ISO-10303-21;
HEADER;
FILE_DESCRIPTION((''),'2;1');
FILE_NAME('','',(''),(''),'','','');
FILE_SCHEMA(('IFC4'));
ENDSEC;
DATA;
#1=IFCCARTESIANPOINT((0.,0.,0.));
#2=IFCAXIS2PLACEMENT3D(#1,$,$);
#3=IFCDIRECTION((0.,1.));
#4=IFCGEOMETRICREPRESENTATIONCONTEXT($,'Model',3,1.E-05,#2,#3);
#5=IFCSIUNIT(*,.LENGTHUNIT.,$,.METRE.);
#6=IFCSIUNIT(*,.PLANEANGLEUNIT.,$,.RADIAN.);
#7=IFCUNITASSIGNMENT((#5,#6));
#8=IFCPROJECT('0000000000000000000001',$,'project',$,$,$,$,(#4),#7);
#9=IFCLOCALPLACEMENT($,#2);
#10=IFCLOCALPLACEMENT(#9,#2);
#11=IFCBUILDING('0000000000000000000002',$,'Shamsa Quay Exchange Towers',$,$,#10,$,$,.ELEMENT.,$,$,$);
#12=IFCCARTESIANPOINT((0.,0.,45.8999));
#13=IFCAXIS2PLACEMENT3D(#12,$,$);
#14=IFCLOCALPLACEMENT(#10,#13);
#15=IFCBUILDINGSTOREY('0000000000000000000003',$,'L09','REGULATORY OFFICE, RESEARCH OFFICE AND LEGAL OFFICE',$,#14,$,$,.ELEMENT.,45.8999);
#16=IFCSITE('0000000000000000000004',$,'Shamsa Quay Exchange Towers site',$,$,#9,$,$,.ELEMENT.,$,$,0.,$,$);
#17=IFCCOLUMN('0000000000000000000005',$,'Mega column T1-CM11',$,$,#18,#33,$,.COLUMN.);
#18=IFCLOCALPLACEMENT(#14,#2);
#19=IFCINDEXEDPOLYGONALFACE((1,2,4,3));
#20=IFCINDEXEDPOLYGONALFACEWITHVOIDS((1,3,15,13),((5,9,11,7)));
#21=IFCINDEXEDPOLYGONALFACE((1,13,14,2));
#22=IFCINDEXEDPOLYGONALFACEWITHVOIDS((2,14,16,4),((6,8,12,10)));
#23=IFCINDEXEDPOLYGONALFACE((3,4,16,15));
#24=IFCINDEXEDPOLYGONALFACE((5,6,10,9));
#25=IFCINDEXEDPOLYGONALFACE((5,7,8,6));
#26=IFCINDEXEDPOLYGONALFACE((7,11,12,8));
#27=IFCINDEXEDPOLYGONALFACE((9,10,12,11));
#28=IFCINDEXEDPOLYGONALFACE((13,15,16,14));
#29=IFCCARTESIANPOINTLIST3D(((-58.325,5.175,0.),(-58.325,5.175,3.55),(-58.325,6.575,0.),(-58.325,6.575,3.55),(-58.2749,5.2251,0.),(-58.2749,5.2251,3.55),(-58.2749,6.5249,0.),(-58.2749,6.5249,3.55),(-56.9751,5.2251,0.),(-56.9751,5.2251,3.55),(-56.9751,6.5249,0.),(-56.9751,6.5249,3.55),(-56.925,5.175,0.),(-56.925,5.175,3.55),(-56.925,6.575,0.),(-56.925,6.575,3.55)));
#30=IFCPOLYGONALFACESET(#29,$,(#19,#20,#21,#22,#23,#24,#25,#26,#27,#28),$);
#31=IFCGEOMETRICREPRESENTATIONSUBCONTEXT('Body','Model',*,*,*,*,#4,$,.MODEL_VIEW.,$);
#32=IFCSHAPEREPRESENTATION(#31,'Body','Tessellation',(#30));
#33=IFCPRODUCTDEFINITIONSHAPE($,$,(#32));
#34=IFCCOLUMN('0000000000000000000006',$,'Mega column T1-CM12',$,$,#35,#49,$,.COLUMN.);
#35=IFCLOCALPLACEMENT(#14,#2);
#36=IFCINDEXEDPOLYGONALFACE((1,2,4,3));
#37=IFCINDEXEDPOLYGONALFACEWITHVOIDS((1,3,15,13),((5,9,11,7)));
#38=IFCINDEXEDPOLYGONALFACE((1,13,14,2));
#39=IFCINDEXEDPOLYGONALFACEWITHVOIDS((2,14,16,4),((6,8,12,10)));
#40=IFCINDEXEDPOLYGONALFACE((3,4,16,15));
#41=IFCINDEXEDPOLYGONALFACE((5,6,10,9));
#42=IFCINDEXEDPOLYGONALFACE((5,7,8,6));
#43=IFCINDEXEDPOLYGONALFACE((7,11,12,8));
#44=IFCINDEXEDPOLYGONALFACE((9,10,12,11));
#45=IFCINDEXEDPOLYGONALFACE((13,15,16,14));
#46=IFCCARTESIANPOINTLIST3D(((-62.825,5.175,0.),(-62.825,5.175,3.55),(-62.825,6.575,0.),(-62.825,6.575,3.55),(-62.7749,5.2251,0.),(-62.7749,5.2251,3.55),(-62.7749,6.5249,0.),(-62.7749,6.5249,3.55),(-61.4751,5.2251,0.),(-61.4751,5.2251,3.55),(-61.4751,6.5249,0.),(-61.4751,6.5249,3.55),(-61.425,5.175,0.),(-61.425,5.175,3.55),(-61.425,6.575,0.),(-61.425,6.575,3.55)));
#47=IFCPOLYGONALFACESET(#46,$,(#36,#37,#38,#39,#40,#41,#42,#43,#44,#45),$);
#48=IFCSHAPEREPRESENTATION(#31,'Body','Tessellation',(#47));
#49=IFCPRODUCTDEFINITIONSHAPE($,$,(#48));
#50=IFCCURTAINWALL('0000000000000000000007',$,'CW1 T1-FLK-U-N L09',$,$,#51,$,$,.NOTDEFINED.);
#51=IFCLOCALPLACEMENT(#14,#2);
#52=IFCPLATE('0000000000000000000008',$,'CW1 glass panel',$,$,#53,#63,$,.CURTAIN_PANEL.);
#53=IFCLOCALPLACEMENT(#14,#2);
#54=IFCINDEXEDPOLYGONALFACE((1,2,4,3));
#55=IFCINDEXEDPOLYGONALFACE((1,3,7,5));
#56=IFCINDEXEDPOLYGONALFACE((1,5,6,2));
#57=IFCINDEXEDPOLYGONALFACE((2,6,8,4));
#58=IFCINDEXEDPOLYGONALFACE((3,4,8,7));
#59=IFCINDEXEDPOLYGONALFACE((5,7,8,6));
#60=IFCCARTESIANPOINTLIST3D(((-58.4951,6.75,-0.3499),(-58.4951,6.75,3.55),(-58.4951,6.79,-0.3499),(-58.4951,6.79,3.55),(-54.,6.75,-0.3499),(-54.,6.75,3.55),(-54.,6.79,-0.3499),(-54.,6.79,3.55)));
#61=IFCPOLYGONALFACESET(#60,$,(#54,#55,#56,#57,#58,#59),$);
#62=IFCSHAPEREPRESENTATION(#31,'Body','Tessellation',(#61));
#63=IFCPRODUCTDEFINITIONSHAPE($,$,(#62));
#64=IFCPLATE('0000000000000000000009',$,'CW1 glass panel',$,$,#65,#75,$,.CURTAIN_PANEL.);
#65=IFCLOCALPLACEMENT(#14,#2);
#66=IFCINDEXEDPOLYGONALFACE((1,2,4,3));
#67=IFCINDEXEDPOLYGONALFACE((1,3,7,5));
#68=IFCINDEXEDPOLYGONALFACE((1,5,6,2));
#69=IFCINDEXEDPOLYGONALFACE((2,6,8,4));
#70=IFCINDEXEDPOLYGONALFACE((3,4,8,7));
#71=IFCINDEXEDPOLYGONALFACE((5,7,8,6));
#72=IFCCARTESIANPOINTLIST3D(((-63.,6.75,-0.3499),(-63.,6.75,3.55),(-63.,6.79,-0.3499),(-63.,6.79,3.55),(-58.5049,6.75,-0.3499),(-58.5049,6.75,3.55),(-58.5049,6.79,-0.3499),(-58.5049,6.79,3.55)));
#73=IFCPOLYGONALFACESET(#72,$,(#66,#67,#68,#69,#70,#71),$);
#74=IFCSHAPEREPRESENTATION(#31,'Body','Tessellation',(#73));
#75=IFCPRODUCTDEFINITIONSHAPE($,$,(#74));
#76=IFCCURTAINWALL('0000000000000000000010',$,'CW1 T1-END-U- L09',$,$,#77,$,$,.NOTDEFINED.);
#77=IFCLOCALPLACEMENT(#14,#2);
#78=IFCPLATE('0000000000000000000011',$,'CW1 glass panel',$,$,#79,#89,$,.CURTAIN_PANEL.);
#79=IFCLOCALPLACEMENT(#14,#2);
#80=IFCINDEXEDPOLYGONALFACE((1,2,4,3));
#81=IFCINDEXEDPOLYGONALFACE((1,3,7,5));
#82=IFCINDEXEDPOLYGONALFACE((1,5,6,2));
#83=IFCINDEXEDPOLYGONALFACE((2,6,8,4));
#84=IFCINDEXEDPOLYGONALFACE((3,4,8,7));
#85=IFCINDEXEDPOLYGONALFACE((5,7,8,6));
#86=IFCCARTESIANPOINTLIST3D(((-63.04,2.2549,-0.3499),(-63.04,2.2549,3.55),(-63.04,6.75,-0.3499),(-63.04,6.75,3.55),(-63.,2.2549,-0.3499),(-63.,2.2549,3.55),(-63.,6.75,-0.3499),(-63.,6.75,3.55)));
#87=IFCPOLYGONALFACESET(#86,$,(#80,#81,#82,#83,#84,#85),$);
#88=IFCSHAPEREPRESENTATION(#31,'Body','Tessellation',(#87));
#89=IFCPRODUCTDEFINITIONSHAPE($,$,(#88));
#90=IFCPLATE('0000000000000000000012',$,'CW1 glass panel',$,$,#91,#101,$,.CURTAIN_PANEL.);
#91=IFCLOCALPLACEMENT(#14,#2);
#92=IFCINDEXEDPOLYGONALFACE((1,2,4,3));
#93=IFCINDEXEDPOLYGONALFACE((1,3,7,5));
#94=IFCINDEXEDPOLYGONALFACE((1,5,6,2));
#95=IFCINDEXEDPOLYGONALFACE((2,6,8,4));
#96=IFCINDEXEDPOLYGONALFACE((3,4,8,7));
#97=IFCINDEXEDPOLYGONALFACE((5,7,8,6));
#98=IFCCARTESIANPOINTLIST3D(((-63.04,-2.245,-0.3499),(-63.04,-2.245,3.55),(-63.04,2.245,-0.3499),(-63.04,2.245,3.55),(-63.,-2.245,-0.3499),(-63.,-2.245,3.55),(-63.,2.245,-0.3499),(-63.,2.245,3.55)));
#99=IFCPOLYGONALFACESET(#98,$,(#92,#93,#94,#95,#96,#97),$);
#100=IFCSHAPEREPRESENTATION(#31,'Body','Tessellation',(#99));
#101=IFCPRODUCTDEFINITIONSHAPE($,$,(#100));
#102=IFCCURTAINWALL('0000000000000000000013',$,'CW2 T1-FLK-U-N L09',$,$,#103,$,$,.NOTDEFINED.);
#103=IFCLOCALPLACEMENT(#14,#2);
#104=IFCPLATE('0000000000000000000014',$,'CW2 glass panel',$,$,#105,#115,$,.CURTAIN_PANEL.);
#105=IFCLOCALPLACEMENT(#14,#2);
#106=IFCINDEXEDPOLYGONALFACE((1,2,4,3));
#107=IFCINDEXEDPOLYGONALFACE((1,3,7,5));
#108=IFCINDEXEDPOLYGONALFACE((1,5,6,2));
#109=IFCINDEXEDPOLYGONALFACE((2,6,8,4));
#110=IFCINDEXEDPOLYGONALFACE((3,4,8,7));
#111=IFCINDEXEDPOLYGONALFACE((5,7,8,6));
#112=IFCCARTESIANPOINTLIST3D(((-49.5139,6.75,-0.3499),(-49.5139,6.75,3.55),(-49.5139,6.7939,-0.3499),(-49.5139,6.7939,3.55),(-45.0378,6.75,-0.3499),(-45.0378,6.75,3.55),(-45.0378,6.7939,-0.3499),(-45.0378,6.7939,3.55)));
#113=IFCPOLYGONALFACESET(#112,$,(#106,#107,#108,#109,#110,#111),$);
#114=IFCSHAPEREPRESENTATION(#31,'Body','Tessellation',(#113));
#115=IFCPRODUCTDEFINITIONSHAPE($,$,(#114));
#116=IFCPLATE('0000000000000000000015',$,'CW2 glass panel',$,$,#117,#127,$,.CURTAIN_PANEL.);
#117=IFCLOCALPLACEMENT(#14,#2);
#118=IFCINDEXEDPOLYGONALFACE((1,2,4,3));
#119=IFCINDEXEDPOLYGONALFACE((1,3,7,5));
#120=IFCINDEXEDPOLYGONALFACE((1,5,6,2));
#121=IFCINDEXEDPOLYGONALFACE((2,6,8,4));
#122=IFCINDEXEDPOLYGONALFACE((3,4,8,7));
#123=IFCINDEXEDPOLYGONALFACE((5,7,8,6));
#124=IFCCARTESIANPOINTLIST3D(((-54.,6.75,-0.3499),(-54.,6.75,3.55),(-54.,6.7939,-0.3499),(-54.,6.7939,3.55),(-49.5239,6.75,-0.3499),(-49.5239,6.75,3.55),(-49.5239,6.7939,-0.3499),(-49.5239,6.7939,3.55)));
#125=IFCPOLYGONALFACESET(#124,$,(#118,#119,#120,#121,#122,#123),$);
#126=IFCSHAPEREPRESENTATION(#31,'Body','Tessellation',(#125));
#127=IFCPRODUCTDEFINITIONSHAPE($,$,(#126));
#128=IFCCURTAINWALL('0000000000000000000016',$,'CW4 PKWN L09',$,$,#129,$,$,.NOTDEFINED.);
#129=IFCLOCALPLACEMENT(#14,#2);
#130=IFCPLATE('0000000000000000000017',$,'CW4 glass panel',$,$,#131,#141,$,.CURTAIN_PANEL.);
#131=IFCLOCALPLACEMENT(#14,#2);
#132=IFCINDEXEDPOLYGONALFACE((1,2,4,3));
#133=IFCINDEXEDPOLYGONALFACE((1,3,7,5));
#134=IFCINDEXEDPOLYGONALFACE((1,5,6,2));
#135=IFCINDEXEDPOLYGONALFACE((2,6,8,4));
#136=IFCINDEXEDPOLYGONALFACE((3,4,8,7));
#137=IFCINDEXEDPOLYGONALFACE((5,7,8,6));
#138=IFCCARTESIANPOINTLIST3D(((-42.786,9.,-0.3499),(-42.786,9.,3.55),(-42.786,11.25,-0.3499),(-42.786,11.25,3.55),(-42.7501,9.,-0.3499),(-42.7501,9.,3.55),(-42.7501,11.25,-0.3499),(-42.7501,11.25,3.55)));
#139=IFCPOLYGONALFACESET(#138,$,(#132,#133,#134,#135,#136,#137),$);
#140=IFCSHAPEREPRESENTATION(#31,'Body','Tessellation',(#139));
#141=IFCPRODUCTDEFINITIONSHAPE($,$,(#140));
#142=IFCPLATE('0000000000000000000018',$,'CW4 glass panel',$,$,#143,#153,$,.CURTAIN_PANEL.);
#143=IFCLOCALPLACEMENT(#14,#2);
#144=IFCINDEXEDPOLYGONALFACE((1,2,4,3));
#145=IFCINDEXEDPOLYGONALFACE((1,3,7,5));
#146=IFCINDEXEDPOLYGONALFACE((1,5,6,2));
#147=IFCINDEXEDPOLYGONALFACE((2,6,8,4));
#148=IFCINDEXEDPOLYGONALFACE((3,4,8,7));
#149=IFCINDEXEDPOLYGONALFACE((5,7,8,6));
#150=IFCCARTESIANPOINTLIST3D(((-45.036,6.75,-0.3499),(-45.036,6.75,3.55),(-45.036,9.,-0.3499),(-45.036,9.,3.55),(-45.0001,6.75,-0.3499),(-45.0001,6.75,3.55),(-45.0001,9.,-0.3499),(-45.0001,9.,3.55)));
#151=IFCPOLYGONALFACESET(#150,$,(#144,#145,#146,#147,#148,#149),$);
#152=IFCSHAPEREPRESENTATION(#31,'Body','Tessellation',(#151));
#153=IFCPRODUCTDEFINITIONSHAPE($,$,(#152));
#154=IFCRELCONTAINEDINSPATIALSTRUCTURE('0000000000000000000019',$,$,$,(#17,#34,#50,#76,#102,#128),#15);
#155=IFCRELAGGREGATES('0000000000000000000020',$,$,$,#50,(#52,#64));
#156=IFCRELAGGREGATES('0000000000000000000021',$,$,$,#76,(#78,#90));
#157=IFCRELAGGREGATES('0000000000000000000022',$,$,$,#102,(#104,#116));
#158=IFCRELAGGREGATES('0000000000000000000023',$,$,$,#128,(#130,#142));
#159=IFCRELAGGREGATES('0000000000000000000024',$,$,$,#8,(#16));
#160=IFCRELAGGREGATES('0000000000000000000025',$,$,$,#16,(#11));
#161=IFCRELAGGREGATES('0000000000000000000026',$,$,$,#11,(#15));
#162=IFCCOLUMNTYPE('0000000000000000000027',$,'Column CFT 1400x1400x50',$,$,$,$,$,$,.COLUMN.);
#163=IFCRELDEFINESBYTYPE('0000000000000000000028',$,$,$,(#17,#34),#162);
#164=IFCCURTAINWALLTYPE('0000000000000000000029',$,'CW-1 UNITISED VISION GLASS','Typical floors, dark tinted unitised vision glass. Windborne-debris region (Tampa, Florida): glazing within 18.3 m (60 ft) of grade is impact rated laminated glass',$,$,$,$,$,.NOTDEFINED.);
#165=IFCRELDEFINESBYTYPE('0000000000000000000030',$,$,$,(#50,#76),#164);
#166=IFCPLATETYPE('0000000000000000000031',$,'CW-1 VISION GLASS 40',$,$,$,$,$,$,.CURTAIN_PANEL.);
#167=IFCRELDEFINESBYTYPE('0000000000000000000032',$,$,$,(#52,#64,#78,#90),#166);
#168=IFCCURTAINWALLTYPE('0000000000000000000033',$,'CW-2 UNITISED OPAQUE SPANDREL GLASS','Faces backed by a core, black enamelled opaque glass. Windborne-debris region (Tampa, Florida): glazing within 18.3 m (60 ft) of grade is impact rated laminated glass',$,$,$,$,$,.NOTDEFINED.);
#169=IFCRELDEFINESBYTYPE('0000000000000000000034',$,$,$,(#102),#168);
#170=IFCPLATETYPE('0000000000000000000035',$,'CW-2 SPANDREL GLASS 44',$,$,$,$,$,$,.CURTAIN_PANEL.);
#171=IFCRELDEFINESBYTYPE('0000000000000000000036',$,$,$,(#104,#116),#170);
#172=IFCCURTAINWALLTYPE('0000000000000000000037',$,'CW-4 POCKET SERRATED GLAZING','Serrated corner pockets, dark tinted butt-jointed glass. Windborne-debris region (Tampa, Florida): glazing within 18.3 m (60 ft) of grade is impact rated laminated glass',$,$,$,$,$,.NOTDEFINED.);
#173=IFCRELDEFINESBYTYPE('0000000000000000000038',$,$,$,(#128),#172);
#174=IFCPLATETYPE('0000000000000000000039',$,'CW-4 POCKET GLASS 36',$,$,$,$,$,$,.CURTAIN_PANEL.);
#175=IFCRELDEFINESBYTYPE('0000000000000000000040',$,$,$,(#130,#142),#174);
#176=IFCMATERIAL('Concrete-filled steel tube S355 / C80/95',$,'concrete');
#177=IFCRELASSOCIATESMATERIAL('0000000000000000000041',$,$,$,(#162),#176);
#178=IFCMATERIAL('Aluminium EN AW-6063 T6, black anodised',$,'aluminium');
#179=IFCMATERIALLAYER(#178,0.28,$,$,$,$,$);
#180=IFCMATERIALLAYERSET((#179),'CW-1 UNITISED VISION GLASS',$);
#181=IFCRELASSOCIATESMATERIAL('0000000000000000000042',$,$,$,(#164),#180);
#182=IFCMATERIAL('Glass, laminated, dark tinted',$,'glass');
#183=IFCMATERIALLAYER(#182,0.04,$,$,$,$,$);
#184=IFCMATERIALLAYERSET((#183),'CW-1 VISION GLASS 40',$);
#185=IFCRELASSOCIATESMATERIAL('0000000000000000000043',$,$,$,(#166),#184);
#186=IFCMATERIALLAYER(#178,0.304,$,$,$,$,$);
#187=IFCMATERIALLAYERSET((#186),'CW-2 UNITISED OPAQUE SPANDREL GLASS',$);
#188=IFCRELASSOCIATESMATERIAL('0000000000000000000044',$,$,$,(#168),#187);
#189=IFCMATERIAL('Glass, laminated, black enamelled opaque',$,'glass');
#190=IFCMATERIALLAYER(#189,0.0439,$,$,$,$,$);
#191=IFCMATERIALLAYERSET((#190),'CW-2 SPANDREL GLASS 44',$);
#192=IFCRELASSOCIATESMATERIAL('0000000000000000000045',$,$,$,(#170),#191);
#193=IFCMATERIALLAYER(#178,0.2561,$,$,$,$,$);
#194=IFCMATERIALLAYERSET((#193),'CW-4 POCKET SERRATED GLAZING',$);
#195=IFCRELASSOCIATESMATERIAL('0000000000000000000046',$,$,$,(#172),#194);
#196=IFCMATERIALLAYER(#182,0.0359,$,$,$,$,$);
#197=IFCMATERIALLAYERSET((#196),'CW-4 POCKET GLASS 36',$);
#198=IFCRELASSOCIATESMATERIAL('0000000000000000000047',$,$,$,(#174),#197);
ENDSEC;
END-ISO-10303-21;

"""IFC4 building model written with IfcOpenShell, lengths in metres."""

from ifc_helpers import new_model, si_unit, direction, frame, origin, origin_2d, place, context, subcontext, project, spatial, rectangle, hollow_rectangle, extrude, material, layer, layer_set, material_profile, profile_set, type_object, element, aggregate, save


model = new_model("IFC4")

# Units and contexts
model_context = context("Model", 3, precision=1e-05, world=origin(), true_north=direction((0.0, 1.0)))
body_context = subcontext(model_context, "Body", "Model", "MODEL_VIEW")
ifc_project = project(units=[si_unit("LENGTHUNIT", "METRE"), si_unit("PLANEANGLEUNIT", "RADIAN")], contexts=[model_context])

# Site, building, storey
site_placement = place(None, origin())
site = spatial("IfcSite", under=ifc_project, at=site_placement, Name="Shamsa Quay Exchange Towers site", CompositionType="ELEMENT", RefElevation=0.0)
building_placement = place(site_placement, origin())
building = spatial("IfcBuilding", under=site, at=building_placement, Name="Shamsa Quay Exchange Towers", CompositionType="ELEMENT")
storey_placement = place(building_placement, frame((0.0, 0.0, 45.8999)))
storey = spatial("IfcBuildingStorey", under=building, at=storey_placement, Name="L09", Description="REGULATORY OFFICE, RESEARCH OFFICE AND LEGAL OFFICE", CompositionType="ELEMENT", Elevation=45.8999)

# Columns
ifc_material_1 = material(Name="Concrete-filled steel tube S355 / C80/95", Category="concrete")
ifc_material_profile = material_profile(ifc_material_1, hollow_rectangle(XDim=1.3999, YDim=1.3999, WallThickness=0.05, at=origin_2d()), Name="CFT 1400x1400x50")
ifc_profile_set = profile_set([ifc_material_profile], Name="Concrete-filled steel tube S355 / C80/95")
column_type = type_object("IfcColumnType", Name="Column CFT 1400x1400x50", PredefinedType="COLUMN", material=ifc_profile_set)
for number, where, name in (
    (1, (-57.625, 5.875, 0.0), "Mega column T1-CM11"),
    (2, (-62.125, 5.875, 0.0), "Mega column T1-CM12"),
):
    element("IfcColumn", number, at=place(storey_placement, frame(where)), inside=storey, type_object=column_type, Name=name, PredefinedType="COLUMN", context=body_context, shape_type="SweptSolid", body=[
        extrude(hollow_rectangle(XDim=1.3999, YDim=1.3999, WallThickness=0.05, at=origin_2d()), origin(), (0.0, 0.0, 1.0), 3.55),
    ])

# Curtain walls, plates
ifc_material_2 = material(Name="Aluminium EN AW-6063 T6, black anodised", Category="aluminium")
ifc_layer_1 = layer(ifc_material_2, 0.28)
ifc_layer_set_1 = layer_set([ifc_layer_1], Name="CW-1 UNITISED VISION GLASS")
curtain_wall_type_1 = type_object("IfcCurtainWallType", Name="CW-1 UNITISED VISION GLASS", Description="Typical floors, dark tinted unitised vision glass. Windborne-debris region (Tampa, Florida): glazing within 18.3 m (60 ft) of grade is impact rated laminated glass", PredefinedType="NOTDEFINED", material=ifc_layer_set_1)
curtain_wall_1_placement = place(storey_placement, origin())
curtain_wall_1 = element("IfcCurtainWall", 3, at=curtain_wall_1_placement, inside=storey, type_object=curtain_wall_type_1, Name="CW1 T1-FLK-U-N L09", PredefinedType="NOTDEFINED")
ifc_material_3 = material(Name="Glass, laminated, dark tinted", Category="glass")
ifc_layer_2 = layer(ifc_material_3, 0.04)
ifc_layer_set_2 = layer_set([ifc_layer_2], Name="CW-1 VISION GLASS 40")
plate_type_1 = type_object("IfcPlateType", Name="CW-1 VISION GLASS 40", PredefinedType="CURTAIN_PANEL", material=ifc_layer_set_2)
plate_1_placement = place(storey_placement, frame((-56.2476, 6.77, -0.3499), z_axis=(0.0, 0.0, 1.0), x_axis=(-1.0, 0.0, 0.0)))
plate_1 = element("IfcPlate", 4, at=plate_1_placement, type_object=plate_type_1, Name="CW1 glass panel", PredefinedType="CURTAIN_PANEL", context=body_context, shape_type="SweptSolid", body=[
    extrude(rectangle(XDim=4.4951, YDim=0.04, at=origin_2d()), origin(), (0.0, 0.0, 1.0), 3.8999),
])
plate_2_placement = place(storey_placement, frame((-60.7524, 6.77, -0.3499), z_axis=(0.0, 0.0, 1.0), x_axis=(-1.0, 0.0, 0.0)))
plate_2 = element("IfcPlate", 5, at=plate_2_placement, type_object=plate_type_1, Name="CW1 glass panel", PredefinedType="CURTAIN_PANEL", context=body_context, shape_type="SweptSolid", body=[
    extrude(rectangle(XDim=4.4951, YDim=0.04, at=origin_2d()), origin(), (0.0, 0.0, 1.0), 3.8999),
])
aggregate(curtain_wall_1, [plate_1, plate_2])
curtain_wall_2_placement = place(storey_placement, origin())
curtain_wall_2 = element("IfcCurtainWall", 6, at=curtain_wall_2_placement, inside=storey, type_object=curtain_wall_type_1, Name="CW1 T1-END-U- L09", PredefinedType="NOTDEFINED")
plate_3_placement = place(storey_placement, frame((-63.02, 4.5024, -0.3499), z_axis=(0.0, 0.0, 1.0), x_axis=(0.0, -1.0, 0.0)))
plate_3 = element("IfcPlate", 7, at=plate_3_placement, type_object=plate_type_1, Name="CW1 glass panel", PredefinedType="CURTAIN_PANEL", context=body_context, shape_type="SweptSolid", body=[
    extrude(rectangle(XDim=4.4951, YDim=0.04, at=origin_2d()), origin(), (0.0, 0.0, 1.0), 3.8999),
])
plate_4_placement = place(storey_placement, frame((-63.02, 0.0, -0.3499), z_axis=(0.0, 0.0, 1.0), x_axis=(0.0, -1.0, 0.0)))
plate_4 = element("IfcPlate", 8, at=plate_4_placement, type_object=plate_type_1, Name="CW1 glass panel", PredefinedType="CURTAIN_PANEL", context=body_context, shape_type="SweptSolid", body=[
    extrude(rectangle(XDim=4.49, YDim=0.04, at=origin_2d()), origin(), (0.0, 0.0, 1.0), 3.8999),
])
aggregate(curtain_wall_2, [plate_3, plate_4])
ifc_layer_3 = layer(ifc_material_2, 0.304)
ifc_layer_set_3 = layer_set([ifc_layer_3], Name="CW-2 UNITISED OPAQUE SPANDREL GLASS")
curtain_wall_type_2 = type_object("IfcCurtainWallType", Name="CW-2 UNITISED OPAQUE SPANDREL GLASS", Description="Faces backed by a core, black enamelled opaque glass. Windborne-debris region (Tampa, Florida): glazing within 18.3 m (60 ft) of grade is impact rated laminated glass", PredefinedType="NOTDEFINED", material=ifc_layer_set_3)
curtain_wall_3_placement = place(storey_placement, origin())
curtain_wall_3 = element("IfcCurtainWall", 9, at=curtain_wall_3_placement, inside=storey, type_object=curtain_wall_type_2, Name="CW2 T1-FLK-U-N L09", PredefinedType="NOTDEFINED")
ifc_material_4 = material(Name="Glass, laminated, black enamelled opaque", Category="glass")
ifc_layer_4 = layer(ifc_material_4, 0.0439)
ifc_layer_set_4 = layer_set([ifc_layer_4], Name="CW-2 SPANDREL GLASS 44")
plate_type_2 = type_object("IfcPlateType", Name="CW-2 SPANDREL GLASS 44", PredefinedType="CURTAIN_PANEL", material=ifc_layer_set_4)
plate_5_placement = place(storey_placement, frame((-47.2759, 6.772, -0.3499), z_axis=(0.0, 0.0, 1.0), x_axis=(-1.0, 0.0, 0.0)))
plate_5 = element("IfcPlate", 10, at=plate_5_placement, type_object=plate_type_2, Name="CW2 glass panel", PredefinedType="CURTAIN_PANEL", context=body_context, shape_type="SweptSolid", body=[
    extrude(rectangle(XDim=4.4761, YDim=0.0439, at=origin_2d()), origin(), (0.0, 0.0, 1.0), 3.8999),
])
plate_6_placement = place(storey_placement, frame((-51.762, 6.772, -0.3499), z_axis=(0.0, 0.0, 1.0), x_axis=(-1.0, 0.0, 0.0)))
plate_6 = element("IfcPlate", 11, at=plate_6_placement, type_object=plate_type_2, Name="CW2 glass panel", PredefinedType="CURTAIN_PANEL", context=body_context, shape_type="SweptSolid", body=[
    extrude(rectangle(XDim=4.4761, YDim=0.0439, at=origin_2d()), origin(), (0.0, 0.0, 1.0), 3.8999),
])
aggregate(curtain_wall_3, [plate_5, plate_6])
ifc_layer_5 = layer(ifc_material_2, 0.2561)
ifc_layer_set_5 = layer_set([ifc_layer_5], Name="CW-4 POCKET SERRATED GLAZING")
curtain_wall_type_3 = type_object("IfcCurtainWallType", Name="CW-4 POCKET SERRATED GLAZING", Description="Serrated corner pockets, dark tinted butt-jointed glass. Windborne-debris region (Tampa, Florida): glazing within 18.3 m (60 ft) of grade is impact rated laminated glass", PredefinedType="NOTDEFINED", material=ifc_layer_set_5)
curtain_wall_4_placement = place(storey_placement, origin())
curtain_wall_4 = element("IfcCurtainWall", 12, at=curtain_wall_4_placement, inside=storey, type_object=curtain_wall_type_3, Name="CW4 PKWN L09", PredefinedType="NOTDEFINED")
ifc_layer_6 = layer(ifc_material_3, 0.0359)
ifc_layer_set_6 = layer_set([ifc_layer_6], Name="CW-4 POCKET GLASS 36")
plate_type_3 = type_object("IfcPlateType", Name="CW-4 POCKET GLASS 36", PredefinedType="CURTAIN_PANEL", material=ifc_layer_set_6)
plate_7_placement = place(storey_placement, frame((-42.7681, 10.125, -0.3499), z_axis=(0.0, 0.0, 1.0), x_axis=(0.0, -1.0, 0.0)))
plate_7 = element("IfcPlate", 13, at=plate_7_placement, type_object=plate_type_3, Name="CW4 glass panel", PredefinedType="CURTAIN_PANEL", context=body_context, shape_type="SweptSolid", body=[
    extrude(rectangle(XDim=2.25, YDim=0.0359, at=origin_2d()), origin(), (0.0, 0.0, 1.0), 3.8999),
])
plate_8_placement = place(storey_placement, frame((-45.0181, 7.875, -0.3499), z_axis=(0.0, 0.0, 1.0), x_axis=(0.0, -1.0, 0.0)))
plate_8 = element("IfcPlate", 14, at=plate_8_placement, type_object=plate_type_3, Name="CW4 glass panel", PredefinedType="CURTAIN_PANEL", context=body_context, shape_type="SweptSolid", body=[
    extrude(rectangle(XDim=2.25, YDim=0.0359, at=origin_2d()), origin(), (0.0, 0.0, 1.0), 3.8999),
])
aggregate(curtain_wall_4, [plate_7, plate_8])

save(model, "model.ifc")
